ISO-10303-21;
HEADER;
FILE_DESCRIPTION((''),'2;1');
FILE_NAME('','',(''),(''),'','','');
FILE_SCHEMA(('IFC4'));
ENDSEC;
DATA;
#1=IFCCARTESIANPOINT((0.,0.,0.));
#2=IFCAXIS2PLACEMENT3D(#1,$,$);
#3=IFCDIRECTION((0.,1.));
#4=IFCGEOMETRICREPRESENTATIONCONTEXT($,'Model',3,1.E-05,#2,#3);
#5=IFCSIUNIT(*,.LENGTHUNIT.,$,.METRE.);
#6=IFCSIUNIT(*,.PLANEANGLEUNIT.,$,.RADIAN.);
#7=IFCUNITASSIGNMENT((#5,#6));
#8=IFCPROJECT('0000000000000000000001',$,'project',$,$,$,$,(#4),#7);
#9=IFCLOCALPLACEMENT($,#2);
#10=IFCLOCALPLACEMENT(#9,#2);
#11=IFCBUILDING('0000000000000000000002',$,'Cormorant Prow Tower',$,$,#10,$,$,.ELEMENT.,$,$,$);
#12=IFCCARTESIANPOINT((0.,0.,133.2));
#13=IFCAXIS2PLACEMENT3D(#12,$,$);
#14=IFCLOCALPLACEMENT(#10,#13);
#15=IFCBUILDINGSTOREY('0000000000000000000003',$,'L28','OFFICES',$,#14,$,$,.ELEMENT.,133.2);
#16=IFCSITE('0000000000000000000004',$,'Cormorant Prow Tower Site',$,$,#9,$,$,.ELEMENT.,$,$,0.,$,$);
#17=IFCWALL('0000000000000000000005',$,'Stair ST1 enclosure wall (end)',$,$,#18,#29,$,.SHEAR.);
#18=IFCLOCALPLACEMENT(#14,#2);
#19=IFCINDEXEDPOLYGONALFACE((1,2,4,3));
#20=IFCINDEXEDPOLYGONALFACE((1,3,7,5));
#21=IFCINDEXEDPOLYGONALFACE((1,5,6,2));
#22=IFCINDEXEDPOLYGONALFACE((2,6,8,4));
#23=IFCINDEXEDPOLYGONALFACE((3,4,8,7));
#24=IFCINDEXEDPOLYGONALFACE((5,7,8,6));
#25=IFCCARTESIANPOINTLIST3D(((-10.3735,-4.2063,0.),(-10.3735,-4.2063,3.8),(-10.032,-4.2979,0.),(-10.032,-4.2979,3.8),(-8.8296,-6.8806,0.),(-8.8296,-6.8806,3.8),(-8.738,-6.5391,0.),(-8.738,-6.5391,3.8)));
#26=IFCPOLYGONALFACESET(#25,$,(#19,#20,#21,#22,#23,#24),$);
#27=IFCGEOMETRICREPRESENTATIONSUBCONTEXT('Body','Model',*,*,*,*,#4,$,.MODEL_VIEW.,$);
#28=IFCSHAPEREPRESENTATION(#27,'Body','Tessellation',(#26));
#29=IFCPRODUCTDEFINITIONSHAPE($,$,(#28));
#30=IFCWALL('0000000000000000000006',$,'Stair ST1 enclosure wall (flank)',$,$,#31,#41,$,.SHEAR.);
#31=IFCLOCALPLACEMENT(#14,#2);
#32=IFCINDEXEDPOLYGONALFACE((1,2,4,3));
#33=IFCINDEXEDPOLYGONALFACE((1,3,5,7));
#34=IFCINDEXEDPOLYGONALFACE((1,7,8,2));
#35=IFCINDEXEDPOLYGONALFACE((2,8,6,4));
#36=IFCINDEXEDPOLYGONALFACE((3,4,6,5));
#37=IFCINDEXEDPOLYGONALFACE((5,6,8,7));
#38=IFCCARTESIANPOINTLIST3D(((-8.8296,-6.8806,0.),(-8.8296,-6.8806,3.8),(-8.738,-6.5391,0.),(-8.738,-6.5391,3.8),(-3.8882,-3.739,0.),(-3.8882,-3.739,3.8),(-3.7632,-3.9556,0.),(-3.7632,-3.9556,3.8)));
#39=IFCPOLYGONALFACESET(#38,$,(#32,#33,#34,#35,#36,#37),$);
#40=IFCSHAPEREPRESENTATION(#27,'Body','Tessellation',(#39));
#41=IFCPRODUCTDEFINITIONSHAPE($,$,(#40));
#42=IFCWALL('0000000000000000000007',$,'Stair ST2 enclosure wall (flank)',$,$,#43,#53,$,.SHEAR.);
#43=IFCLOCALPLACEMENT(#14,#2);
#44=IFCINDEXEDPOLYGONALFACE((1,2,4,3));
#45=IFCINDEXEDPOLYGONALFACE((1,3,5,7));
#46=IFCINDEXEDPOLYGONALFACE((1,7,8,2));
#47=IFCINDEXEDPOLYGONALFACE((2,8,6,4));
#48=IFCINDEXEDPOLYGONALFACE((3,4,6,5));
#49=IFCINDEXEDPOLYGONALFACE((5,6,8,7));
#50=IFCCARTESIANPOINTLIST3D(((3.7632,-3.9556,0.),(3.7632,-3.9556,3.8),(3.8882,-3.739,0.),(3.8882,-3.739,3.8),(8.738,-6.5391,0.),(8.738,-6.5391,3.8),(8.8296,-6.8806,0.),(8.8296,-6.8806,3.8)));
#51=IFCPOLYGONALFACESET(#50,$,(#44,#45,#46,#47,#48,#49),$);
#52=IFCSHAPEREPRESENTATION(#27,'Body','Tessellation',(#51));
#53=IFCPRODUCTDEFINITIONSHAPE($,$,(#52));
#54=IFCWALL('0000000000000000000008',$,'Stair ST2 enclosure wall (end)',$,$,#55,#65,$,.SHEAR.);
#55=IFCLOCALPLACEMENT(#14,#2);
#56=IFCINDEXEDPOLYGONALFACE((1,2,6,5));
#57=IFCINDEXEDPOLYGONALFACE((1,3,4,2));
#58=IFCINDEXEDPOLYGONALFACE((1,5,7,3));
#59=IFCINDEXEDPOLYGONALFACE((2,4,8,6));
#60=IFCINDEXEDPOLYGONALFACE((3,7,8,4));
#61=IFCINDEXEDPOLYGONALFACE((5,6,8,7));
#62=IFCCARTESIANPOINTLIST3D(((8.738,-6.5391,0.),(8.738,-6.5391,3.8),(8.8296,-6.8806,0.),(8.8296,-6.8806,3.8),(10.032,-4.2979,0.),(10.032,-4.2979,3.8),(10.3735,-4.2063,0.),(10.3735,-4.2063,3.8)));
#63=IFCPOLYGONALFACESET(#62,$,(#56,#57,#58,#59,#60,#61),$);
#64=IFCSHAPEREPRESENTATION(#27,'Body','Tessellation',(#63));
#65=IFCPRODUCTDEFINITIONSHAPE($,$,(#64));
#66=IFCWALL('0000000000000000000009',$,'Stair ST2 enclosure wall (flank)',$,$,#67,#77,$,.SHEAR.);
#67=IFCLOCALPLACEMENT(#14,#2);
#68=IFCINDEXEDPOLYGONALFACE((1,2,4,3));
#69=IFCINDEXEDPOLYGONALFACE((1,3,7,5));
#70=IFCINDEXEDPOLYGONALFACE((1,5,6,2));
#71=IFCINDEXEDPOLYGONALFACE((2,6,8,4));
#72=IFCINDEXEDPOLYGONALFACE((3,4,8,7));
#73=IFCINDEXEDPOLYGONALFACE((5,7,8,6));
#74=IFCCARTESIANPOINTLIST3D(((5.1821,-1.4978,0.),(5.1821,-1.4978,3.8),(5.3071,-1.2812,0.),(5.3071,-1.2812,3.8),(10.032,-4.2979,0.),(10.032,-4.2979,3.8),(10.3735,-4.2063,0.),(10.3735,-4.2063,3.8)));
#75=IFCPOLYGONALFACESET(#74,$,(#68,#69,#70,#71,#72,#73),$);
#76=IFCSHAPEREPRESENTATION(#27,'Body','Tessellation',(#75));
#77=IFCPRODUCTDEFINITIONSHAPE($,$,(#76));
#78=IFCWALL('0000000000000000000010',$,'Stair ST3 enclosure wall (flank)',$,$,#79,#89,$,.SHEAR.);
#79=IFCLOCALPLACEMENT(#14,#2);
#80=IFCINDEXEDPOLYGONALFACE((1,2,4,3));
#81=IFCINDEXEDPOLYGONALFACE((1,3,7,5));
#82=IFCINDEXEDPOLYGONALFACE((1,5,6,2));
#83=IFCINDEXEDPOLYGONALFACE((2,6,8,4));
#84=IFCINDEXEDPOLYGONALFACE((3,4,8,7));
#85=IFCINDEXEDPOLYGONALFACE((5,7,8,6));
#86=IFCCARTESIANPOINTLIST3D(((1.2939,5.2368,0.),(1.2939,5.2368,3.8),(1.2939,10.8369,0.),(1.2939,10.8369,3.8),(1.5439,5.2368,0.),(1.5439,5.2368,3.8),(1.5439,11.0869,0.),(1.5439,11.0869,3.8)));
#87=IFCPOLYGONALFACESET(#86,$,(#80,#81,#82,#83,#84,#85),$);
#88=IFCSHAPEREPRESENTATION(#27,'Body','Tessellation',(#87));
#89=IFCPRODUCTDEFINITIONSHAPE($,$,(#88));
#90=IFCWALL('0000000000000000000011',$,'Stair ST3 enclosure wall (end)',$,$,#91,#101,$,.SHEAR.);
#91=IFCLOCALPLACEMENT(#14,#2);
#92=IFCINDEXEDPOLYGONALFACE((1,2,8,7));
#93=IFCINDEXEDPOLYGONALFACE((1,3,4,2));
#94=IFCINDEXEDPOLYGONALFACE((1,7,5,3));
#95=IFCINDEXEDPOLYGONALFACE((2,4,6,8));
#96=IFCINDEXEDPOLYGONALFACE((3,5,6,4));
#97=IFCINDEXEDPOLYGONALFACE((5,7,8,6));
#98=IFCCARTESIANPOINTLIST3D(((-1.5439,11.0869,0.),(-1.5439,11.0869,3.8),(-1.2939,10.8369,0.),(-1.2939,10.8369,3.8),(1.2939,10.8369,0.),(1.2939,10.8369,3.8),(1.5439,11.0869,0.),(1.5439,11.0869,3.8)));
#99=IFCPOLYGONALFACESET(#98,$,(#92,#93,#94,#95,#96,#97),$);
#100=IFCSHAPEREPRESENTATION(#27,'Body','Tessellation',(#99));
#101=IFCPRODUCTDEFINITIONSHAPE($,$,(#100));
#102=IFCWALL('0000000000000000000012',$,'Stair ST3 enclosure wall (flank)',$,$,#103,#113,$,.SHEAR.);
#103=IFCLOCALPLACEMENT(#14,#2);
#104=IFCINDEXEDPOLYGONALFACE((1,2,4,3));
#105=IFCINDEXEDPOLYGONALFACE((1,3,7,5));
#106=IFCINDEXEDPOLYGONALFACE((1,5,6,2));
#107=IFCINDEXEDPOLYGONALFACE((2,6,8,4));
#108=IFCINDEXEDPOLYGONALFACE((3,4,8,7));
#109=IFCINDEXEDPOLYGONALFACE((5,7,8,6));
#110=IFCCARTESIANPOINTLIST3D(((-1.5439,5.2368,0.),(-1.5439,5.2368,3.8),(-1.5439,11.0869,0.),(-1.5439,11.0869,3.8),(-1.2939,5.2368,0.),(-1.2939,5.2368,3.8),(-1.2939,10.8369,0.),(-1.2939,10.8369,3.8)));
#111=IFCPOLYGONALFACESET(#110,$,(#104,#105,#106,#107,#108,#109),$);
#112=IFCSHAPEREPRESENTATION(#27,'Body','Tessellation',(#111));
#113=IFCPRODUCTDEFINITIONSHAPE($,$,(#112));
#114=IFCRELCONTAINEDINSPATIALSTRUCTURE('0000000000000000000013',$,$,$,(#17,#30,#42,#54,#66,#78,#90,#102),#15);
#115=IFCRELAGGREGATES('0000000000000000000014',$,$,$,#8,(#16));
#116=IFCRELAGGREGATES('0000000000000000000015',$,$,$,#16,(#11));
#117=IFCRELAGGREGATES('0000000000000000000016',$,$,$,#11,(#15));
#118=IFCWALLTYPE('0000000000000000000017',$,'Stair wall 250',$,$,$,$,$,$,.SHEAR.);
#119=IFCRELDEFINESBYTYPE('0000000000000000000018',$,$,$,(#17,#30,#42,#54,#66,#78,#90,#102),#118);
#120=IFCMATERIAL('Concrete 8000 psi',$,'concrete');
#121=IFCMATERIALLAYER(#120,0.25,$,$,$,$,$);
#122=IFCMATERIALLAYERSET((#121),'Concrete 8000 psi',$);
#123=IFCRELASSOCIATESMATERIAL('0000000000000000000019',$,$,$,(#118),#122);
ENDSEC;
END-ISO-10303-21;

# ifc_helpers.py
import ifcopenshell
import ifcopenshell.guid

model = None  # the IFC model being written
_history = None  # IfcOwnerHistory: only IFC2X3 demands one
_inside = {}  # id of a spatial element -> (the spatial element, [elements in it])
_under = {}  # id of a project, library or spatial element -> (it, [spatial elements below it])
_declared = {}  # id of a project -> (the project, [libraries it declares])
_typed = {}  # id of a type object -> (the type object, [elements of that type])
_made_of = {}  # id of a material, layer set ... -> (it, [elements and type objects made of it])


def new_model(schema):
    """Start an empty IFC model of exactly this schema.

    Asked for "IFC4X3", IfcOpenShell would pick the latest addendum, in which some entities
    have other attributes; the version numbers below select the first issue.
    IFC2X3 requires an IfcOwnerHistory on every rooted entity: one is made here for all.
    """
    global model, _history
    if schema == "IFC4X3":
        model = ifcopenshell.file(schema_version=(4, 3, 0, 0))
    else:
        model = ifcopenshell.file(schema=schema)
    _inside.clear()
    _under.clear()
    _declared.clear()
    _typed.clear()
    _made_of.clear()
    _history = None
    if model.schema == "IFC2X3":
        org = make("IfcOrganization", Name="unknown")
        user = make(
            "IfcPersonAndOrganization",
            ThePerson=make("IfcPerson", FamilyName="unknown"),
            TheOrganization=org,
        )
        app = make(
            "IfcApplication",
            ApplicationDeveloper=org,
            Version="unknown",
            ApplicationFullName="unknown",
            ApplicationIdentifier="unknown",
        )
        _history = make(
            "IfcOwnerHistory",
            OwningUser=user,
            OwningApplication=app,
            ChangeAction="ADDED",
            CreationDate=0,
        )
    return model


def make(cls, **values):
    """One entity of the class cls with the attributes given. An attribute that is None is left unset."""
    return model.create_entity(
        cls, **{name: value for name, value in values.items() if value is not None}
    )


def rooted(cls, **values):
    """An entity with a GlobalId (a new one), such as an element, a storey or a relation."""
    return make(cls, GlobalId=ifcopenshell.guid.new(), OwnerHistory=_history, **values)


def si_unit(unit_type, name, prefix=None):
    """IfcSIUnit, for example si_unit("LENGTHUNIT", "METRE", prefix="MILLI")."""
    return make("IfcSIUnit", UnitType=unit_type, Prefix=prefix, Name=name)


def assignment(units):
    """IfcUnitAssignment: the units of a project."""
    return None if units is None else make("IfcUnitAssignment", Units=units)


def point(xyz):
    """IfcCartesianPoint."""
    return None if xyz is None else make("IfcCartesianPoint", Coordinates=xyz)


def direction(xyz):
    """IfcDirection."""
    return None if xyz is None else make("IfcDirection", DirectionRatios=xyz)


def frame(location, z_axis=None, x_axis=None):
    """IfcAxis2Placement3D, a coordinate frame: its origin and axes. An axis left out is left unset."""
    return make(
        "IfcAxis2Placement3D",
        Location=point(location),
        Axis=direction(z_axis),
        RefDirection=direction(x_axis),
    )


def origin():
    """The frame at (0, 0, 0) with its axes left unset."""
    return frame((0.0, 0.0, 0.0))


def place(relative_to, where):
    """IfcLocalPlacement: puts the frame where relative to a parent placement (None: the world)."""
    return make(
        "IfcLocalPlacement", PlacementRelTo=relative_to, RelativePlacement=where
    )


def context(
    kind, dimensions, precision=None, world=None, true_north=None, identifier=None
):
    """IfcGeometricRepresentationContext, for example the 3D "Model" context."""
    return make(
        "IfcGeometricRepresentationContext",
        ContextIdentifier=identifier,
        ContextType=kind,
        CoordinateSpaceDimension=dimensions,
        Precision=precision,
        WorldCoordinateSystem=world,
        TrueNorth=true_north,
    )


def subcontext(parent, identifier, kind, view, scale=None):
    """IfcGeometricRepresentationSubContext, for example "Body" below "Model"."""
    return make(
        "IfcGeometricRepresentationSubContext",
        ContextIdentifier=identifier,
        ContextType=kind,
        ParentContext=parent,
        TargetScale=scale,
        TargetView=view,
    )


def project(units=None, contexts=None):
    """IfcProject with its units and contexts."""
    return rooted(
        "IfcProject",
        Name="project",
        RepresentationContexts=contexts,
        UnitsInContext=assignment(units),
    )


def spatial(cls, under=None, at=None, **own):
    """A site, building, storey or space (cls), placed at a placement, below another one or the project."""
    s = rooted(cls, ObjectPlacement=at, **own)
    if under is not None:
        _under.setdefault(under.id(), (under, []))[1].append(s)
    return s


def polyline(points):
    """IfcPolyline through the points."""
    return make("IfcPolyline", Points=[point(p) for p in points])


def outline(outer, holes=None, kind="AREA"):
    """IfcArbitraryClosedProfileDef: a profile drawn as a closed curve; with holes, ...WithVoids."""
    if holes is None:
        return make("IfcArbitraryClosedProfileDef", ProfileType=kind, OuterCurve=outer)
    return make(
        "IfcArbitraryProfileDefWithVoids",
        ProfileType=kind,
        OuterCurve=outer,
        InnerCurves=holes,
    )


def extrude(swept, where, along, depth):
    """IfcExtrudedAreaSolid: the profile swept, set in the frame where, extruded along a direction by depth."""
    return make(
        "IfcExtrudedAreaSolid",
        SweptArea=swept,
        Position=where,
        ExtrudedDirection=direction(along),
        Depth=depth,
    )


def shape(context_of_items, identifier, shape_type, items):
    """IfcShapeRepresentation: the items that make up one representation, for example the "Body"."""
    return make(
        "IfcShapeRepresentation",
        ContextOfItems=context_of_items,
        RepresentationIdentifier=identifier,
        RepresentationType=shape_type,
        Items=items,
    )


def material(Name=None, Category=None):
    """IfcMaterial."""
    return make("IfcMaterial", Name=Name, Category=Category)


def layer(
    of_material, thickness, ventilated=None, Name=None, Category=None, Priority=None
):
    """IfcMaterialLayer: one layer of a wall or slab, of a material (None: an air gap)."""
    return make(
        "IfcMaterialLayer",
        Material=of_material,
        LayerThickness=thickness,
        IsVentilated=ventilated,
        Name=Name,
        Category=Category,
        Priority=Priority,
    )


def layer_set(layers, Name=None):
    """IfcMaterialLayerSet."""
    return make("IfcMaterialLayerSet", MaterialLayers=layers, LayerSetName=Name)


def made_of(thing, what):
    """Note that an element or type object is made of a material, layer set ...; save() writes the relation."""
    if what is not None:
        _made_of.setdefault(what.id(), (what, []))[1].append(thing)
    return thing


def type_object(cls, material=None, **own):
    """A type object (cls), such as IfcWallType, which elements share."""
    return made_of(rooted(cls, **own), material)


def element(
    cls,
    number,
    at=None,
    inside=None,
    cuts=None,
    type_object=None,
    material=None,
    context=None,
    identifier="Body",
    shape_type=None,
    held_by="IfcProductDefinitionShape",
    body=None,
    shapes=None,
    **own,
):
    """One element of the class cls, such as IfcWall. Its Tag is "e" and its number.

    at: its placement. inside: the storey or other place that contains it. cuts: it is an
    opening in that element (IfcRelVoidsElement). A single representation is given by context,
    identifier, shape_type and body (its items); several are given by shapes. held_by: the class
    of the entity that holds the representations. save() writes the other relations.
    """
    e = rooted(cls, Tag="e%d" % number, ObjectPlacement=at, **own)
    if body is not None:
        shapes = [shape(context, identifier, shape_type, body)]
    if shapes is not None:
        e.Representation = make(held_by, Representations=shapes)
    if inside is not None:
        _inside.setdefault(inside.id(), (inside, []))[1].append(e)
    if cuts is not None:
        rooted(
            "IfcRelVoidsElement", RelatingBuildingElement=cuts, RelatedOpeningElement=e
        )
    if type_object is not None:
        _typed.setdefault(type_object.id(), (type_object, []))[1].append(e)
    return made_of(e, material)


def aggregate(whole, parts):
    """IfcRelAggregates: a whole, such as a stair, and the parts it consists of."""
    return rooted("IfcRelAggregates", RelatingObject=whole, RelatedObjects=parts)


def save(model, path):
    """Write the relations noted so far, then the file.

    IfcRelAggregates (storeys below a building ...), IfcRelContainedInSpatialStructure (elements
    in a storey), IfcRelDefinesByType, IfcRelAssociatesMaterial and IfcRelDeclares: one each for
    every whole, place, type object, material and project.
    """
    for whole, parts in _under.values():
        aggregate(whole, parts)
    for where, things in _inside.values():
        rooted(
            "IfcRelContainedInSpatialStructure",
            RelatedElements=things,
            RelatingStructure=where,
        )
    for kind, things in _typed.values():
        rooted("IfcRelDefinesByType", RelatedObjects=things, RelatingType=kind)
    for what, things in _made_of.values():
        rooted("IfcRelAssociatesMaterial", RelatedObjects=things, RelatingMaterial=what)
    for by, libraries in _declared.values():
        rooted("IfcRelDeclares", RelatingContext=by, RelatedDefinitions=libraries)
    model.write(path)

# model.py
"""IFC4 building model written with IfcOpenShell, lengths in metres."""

from ifc_helpers import new_model, si_unit, direction, frame, origin, place, context, subcontext, project, spatial, polyline, outline, extrude, material, layer, layer_set, type_object, element, save


model = new_model("IFC4")

# Units and contexts
model_context = context("Model", 3, precision=1e-05, world=origin(), true_north=direction((0.0, 1.0)))
body_context = subcontext(model_context, "Body", "Model", "MODEL_VIEW")
ifc_project = project(units=[si_unit("LENGTHUNIT", "METRE"), si_unit("PLANEANGLEUNIT", "RADIAN")], contexts=[model_context])

# Site, building, storey
site_placement = place(None, origin())
site = spatial("IfcSite", under=ifc_project, at=site_placement, Name="Cormorant Prow Tower Site", CompositionType="ELEMENT", RefElevation=0.0)
building_placement = place(site_placement, origin())
building = spatial("IfcBuilding", under=site, at=building_placement, Name="Cormorant Prow Tower", CompositionType="ELEMENT")
storey_placement = place(building_placement, frame((0.0, 0.0, 133.2)))
storey = spatial("IfcBuildingStorey", under=building, at=storey_placement, Name="L28", Description="OFFICES", CompositionType="ELEMENT", Elevation=133.2)

# Walls
ifc_material_1 = material(Name="Concrete 8000 psi", Category="concrete")
ifc_layer_1 = layer(ifc_material_1, 0.25)
ifc_layer_set_1 = layer_set([ifc_layer_1], Name="Concrete 8000 psi")
wall_type_1 = type_object("IfcWallType", Name="Stair wall 250", PredefinedType="SHEAR", material=ifc_layer_set_1)
wall_1_placement = place(storey_placement, origin())
element("IfcWall", 1, at=wall_1_placement, inside=storey, type_object=wall_type_1, Name="Stair ST1 enclosure wall (end)", PredefinedType="SHEAR", context=body_context, shape_type="SweptSolid", body=[
    extrude(outline(polyline([(-10.3735, -4.2063), (-8.8296, -6.8806), (-8.738, -6.5391), (-10.032, -4.2979), (-10.3735, -4.2063)])), origin(), (0.0, 0.0, 1.0), 3.8),
])
wall_2_placement = place(storey_placement, origin())
element("IfcWall", 2, at=wall_2_placement, inside=storey, type_object=wall_type_1, Name="Stair ST1 enclosure wall (flank)", PredefinedType="SHEAR", context=body_context, shape_type="SweptSolid", body=[
    extrude(outline(polyline([(-8.738, -6.5391), (-8.8296, -6.8806), (-3.7632, -3.9556), (-3.8882, -3.739), (-8.738, -6.5391)])), origin(), (0.0, 0.0, 1.0), 3.8),
])
wall_3_placement = place(storey_placement, origin())
element("IfcWall", 3, at=wall_3_placement, inside=storey, type_object=wall_type_1, Name="Stair ST2 enclosure wall (flank)", PredefinedType="SHEAR", context=body_context, shape_type="SweptSolid", body=[
    extrude(outline(polyline([(3.7632, -3.9556), (8.8296, -6.8806), (8.738, -6.5391), (3.8882, -3.739), (3.7632, -3.9556)])), origin(), (0.0, 0.0, 1.0), 3.8),
])
wall_4_placement = place(storey_placement, origin())
element("IfcWall", 4, at=wall_4_placement, inside=storey, type_object=wall_type_1, Name="Stair ST2 enclosure wall (end)", PredefinedType="SHEAR", context=body_context, shape_type="SweptSolid", body=[
    extrude(outline(polyline([(8.8296, -6.8806), (10.3735, -4.2063), (10.032, -4.2979), (8.738, -6.5391), (8.8296, -6.8806)])), origin(), (0.0, 0.0, 1.0), 3.8),
])
wall_5_placement = place(storey_placement, origin())
element("IfcWall", 5, at=wall_5_placement, inside=storey, type_object=wall_type_1, Name="Stair ST2 enclosure wall (flank)", PredefinedType="SHEAR", context=body_context, shape_type="SweptSolid", body=[
    extrude(outline(polyline([(10.032, -4.2979), (10.3735, -4.2063), (5.3071, -1.2812), (5.1821, -1.4978), (10.032, -4.2979)])), origin(), (0.0, 0.0, 1.0), 3.8),
])
wall_6_placement = place(storey_placement, origin())
element("IfcWall", 6, at=wall_6_placement, inside=storey, type_object=wall_type_1, Name="Stair ST3 enclosure wall (flank)", PredefinedType="SHEAR", context=body_context, shape_type="SweptSolid", body=[
    extrude(outline(polyline([(1.5439, 5.2368), (1.5439, 11.0869), (1.2939, 10.8369), (1.2939, 5.2368), (1.5439, 5.2368)])), origin(), (0.0, 0.0, 1.0), 3.8),
])
wall_7_placement = place(storey_placement, origin())
element("IfcWall", 7, at=wall_7_placement, inside=storey, type_object=wall_type_1, Name="Stair ST3 enclosure wall (end)", PredefinedType="SHEAR", context=body_context, shape_type="SweptSolid", body=[
    extrude(outline(polyline([(1.5439, 11.0869), (-1.5439, 11.0869), (-1.2939, 10.8369), (1.2939, 10.8369), (1.5439, 11.0869)])), origin(), (0.0, 0.0, 1.0), 3.8),
])
wall_8_placement = place(storey_placement, origin())
element("IfcWall", 8, at=wall_8_placement, inside=storey, type_object=wall_type_1, Name="Stair ST3 enclosure wall (flank)", PredefinedType="SHEAR", context=body_context, shape_type="SweptSolid", body=[
    extrude(outline(polyline([(-1.2939, 10.8369), (-1.5439, 11.0869), (-1.5439, 5.2368), (-1.2939, 5.2368), (-1.2939, 10.8369)])), origin(), (0.0, 0.0, 1.0), 3.8),
])

save(model, "model.ifc")
